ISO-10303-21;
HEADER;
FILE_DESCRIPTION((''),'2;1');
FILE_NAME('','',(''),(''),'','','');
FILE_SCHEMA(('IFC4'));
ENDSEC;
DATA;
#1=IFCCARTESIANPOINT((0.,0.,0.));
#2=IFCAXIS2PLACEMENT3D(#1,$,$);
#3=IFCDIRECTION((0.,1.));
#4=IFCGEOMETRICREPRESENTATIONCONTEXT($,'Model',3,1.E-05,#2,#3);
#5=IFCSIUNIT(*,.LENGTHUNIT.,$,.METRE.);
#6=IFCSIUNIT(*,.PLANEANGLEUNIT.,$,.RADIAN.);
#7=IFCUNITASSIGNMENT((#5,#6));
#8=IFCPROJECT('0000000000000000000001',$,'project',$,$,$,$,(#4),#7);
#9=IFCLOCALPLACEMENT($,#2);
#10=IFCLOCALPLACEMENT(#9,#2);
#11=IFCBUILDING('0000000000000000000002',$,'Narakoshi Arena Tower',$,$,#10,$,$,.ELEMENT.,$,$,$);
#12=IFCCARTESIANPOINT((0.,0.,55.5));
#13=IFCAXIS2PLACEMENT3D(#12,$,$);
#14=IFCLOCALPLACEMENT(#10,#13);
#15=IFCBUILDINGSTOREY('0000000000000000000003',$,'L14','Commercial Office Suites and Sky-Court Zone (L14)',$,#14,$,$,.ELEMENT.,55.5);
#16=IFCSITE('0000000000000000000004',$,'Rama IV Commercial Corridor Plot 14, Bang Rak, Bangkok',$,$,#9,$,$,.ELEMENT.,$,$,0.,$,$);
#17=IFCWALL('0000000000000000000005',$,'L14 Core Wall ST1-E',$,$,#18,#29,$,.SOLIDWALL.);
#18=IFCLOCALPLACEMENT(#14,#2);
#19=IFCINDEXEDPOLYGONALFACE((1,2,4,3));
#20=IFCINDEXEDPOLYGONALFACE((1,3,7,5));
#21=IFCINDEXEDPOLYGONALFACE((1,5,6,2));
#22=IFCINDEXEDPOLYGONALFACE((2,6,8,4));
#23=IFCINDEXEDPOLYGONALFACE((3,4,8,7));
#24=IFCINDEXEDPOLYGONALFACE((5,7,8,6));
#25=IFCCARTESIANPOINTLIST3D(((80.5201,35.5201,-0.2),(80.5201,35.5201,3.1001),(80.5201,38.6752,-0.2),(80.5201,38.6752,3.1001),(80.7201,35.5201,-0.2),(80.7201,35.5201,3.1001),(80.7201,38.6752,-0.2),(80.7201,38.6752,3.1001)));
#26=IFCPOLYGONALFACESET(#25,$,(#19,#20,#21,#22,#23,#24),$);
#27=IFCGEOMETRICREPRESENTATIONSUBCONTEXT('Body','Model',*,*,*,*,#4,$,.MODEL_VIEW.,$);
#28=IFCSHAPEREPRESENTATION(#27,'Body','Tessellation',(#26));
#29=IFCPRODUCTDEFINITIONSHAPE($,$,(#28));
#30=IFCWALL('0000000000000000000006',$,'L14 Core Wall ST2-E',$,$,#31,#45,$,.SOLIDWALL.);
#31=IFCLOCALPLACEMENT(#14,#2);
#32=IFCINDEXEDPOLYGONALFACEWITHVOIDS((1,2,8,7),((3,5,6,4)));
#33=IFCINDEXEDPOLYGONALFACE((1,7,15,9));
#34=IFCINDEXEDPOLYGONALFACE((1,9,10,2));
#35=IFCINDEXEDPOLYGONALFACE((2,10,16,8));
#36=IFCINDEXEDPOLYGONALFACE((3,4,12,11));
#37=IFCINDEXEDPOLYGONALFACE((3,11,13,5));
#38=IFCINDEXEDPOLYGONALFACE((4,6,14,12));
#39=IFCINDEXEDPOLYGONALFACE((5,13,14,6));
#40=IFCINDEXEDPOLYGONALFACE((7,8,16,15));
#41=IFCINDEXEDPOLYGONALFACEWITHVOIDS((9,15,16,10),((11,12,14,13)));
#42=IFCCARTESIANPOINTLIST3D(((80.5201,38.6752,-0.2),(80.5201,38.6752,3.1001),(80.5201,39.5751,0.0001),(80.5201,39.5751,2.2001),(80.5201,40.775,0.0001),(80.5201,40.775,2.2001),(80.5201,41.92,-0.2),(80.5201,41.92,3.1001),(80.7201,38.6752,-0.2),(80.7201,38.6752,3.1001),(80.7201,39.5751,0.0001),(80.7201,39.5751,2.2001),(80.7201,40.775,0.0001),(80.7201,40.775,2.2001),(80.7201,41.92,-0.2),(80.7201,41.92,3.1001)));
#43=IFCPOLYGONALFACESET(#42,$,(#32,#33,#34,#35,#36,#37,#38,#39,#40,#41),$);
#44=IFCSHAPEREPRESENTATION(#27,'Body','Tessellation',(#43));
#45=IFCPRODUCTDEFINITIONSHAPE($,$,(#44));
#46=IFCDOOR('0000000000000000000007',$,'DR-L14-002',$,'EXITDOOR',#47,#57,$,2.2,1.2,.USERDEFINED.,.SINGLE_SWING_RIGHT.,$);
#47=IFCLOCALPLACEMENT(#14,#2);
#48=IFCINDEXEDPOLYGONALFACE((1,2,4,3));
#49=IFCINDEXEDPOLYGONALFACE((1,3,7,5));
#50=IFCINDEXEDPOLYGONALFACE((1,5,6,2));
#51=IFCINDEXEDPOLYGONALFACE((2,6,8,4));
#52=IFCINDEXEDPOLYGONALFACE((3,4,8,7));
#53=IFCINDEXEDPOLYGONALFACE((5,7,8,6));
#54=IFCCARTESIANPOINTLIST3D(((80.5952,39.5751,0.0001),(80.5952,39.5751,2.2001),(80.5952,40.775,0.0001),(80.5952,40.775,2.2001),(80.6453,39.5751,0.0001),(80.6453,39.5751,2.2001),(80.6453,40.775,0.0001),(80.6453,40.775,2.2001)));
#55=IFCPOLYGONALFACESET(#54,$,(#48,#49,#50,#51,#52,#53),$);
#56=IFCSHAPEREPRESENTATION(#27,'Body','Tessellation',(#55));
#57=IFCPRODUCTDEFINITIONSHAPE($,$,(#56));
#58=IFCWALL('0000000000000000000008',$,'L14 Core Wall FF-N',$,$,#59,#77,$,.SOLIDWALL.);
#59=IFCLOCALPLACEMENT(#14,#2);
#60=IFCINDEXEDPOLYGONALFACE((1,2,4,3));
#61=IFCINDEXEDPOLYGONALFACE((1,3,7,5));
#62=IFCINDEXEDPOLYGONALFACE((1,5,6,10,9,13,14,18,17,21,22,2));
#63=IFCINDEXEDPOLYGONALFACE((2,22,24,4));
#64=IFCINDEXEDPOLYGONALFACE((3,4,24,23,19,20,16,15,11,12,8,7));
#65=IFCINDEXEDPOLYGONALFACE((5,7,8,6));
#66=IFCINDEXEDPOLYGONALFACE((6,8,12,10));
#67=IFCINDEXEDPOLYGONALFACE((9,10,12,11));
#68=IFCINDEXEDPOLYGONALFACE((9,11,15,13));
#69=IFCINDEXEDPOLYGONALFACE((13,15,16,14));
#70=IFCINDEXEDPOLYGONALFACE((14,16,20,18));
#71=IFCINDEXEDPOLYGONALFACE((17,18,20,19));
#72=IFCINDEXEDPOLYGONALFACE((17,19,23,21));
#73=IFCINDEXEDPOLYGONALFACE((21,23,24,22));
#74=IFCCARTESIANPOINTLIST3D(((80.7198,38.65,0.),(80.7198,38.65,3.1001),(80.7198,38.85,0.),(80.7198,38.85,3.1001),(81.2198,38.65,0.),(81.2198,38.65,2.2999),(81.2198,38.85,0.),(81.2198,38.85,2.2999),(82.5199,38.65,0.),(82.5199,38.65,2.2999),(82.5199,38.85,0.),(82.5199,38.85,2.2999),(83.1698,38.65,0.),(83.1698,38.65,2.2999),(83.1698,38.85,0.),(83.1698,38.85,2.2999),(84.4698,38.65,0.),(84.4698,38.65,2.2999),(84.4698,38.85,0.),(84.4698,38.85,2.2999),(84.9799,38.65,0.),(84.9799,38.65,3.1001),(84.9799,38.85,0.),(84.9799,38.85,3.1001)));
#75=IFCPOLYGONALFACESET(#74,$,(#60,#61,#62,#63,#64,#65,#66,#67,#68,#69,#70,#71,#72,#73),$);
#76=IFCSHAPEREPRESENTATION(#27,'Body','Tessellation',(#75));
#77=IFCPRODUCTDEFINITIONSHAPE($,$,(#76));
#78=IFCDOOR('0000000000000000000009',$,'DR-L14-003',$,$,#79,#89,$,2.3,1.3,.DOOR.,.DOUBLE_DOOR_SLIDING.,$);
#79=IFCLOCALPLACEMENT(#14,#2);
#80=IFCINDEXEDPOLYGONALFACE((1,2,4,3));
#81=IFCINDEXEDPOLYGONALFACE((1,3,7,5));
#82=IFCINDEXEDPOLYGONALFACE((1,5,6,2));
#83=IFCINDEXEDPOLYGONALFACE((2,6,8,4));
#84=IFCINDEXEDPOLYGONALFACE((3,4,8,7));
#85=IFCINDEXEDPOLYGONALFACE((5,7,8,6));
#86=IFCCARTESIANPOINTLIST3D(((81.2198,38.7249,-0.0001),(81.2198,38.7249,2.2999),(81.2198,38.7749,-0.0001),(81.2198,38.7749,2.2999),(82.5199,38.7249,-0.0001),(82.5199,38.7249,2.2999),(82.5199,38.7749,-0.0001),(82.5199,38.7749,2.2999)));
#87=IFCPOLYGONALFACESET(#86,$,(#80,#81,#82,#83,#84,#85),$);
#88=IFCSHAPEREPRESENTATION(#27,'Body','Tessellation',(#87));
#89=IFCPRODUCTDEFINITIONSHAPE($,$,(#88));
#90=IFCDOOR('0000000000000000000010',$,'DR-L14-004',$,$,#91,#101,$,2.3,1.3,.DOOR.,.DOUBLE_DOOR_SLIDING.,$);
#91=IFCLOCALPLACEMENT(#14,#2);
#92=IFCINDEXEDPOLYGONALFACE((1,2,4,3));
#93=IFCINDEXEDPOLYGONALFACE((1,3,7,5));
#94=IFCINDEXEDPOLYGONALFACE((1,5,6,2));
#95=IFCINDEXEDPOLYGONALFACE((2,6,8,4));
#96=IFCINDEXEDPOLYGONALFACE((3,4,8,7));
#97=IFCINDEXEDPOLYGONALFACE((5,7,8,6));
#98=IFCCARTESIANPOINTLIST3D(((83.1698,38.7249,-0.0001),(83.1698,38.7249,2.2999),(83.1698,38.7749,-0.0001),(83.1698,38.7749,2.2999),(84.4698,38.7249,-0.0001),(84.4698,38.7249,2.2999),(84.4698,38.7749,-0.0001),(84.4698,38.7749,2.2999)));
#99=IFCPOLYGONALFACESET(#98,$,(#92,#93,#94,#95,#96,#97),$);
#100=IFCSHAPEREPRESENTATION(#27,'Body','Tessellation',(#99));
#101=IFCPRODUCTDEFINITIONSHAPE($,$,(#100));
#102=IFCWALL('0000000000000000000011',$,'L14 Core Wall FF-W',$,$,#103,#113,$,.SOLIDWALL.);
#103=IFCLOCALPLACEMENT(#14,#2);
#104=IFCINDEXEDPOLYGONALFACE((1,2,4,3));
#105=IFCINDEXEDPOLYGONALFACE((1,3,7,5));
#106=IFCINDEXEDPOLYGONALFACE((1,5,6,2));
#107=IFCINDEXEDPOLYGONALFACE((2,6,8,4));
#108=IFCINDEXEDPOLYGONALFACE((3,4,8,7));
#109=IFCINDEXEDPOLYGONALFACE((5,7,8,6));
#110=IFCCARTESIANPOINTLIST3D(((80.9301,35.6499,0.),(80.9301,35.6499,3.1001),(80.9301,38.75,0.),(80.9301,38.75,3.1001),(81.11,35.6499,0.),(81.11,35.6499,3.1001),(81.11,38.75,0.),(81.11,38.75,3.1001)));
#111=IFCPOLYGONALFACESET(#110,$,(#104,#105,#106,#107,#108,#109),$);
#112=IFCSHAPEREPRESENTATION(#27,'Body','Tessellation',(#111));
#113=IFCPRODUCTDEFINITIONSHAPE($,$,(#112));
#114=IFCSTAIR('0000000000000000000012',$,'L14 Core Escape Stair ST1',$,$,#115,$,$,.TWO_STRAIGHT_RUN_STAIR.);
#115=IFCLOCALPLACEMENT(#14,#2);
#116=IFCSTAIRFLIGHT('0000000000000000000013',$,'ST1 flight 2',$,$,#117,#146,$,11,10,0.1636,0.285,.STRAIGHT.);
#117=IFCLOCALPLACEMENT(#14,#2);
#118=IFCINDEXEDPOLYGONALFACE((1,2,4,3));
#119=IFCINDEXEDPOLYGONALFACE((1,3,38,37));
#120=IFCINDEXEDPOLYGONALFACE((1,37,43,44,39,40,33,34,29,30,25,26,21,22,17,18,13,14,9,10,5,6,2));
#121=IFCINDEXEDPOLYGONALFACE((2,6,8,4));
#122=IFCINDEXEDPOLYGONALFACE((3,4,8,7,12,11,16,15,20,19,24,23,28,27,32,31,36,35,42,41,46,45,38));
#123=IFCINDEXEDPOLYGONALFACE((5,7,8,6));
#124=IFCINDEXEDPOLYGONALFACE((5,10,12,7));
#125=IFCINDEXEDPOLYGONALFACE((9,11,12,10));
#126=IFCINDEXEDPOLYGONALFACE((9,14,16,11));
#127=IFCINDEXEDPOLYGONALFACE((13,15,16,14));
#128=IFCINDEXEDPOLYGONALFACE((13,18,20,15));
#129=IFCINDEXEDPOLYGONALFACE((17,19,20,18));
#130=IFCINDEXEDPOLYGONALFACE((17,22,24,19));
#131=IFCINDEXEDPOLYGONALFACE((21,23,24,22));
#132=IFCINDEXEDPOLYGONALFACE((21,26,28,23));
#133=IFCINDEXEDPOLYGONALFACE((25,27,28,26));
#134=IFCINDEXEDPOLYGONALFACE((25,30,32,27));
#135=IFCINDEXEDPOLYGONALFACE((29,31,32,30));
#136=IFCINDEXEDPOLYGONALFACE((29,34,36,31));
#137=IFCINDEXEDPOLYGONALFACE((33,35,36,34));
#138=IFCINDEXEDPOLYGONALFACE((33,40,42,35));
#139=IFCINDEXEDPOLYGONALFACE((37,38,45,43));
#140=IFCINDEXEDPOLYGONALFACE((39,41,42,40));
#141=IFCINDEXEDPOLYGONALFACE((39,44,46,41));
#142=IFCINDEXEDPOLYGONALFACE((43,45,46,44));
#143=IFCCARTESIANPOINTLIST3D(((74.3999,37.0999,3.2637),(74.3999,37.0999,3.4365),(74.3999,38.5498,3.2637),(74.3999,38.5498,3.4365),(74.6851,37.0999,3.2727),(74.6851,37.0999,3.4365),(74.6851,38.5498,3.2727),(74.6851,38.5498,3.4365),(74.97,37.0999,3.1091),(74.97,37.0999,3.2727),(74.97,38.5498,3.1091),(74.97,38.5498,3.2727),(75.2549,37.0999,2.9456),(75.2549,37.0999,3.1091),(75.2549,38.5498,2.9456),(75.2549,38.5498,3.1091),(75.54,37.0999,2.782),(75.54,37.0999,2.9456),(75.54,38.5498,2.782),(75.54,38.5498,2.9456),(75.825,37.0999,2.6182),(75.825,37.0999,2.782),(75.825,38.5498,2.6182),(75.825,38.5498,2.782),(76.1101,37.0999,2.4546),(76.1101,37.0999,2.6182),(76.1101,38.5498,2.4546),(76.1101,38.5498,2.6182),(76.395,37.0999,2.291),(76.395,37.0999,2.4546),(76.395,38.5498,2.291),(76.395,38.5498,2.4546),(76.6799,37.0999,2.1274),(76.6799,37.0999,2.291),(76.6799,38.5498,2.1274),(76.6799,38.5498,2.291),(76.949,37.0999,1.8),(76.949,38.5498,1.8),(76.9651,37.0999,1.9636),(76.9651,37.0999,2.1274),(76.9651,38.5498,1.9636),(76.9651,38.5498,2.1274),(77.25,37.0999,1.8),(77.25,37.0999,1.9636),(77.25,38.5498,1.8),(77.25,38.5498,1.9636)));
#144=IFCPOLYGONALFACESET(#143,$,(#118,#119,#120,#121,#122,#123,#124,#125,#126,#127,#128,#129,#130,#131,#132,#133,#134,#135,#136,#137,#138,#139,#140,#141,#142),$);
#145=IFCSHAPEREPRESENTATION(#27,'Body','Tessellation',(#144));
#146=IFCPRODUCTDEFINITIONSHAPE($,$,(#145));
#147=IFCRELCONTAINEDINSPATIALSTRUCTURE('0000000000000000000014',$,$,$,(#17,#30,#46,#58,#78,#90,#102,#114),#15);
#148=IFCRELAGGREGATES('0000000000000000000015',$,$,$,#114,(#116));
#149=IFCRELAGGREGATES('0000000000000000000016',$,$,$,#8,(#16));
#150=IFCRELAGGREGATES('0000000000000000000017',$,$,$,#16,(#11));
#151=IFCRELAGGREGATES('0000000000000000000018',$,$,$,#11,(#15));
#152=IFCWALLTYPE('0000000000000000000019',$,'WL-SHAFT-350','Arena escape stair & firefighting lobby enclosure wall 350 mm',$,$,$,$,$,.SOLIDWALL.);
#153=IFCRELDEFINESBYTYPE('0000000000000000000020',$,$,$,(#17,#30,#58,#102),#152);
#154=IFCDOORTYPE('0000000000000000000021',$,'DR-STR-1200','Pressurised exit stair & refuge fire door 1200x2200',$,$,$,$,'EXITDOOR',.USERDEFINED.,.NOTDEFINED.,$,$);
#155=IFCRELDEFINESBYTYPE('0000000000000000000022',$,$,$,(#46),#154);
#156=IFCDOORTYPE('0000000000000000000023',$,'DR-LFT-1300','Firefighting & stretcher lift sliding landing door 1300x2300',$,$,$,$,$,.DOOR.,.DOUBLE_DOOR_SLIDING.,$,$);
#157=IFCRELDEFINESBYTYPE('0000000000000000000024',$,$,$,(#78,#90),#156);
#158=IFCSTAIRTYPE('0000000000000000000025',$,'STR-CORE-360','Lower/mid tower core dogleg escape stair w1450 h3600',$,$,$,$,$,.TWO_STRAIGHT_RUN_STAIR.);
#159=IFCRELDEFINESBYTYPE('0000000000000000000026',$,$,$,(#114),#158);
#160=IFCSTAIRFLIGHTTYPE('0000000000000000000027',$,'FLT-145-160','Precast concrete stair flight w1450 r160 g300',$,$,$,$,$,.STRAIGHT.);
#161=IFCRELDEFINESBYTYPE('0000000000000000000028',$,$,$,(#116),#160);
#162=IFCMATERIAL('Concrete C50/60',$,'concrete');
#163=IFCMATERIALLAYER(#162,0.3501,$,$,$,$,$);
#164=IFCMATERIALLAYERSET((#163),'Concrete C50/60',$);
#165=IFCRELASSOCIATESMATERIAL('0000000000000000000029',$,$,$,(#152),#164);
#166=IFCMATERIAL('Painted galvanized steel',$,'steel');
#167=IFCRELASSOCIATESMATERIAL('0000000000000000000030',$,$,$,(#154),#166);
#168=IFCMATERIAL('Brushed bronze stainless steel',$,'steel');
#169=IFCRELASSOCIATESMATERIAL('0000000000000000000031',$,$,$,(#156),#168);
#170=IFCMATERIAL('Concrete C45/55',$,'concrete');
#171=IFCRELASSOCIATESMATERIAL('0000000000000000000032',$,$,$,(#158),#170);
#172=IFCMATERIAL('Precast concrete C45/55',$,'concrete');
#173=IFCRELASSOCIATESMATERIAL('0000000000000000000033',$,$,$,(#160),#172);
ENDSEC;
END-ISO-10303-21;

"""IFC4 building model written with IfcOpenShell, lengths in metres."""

from ifc_helpers import new_model, si_unit, direction, frame, frame_2d, origin, place, context, subcontext, project, spatial, polyline, rectangle, outline, extrude, material, layer, layer_set, type_object, element, fill, aggregate, save


model = new_model("IFC4")

# Units and contexts
model_context = context("Model", 3, precision=1e-05, world=origin(), true_north=direction((0.0, 1.0)))
body_context = subcontext(model_context, "Body", "Model", "MODEL_VIEW")
ifc_project = project(units=[si_unit("LENGTHUNIT", "METRE"), si_unit("PLANEANGLEUNIT", "RADIAN")], contexts=[model_context])

# Site, building, storey
site_placement = place(None, origin())
site = spatial("IfcSite", under=ifc_project, at=site_placement, Name="Rama IV Commercial Corridor Plot 14, Bang Rak, Bangkok", CompositionType="ELEMENT", RefElevation=0.0)
building_placement = place(site_placement, origin())
building = spatial("IfcBuilding", under=site, at=building_placement, Name="Narakoshi Arena Tower", CompositionType="ELEMENT")
storey_placement = place(building_placement, frame((0.0, 0.0, 55.5)))
storey = spatial("IfcBuildingStorey", under=building, at=storey_placement, Name="L14", Description="Commercial Office Suites and Sky-Court Zone (L14)", CompositionType="ELEMENT", Elevation=55.5)

# Wall
ifc_material_1 = material(Name="Concrete C50/60", Category="concrete")
ifc_layer = layer(ifc_material_1, 0.3501)
ifc_layer_set = layer_set([ifc_layer], Name="Concrete C50/60")
wall_type = type_object("IfcWallType", Name="WL-SHAFT-350", Description="Arena escape stair & firefighting lobby enclosure wall 350 mm", PredefinedType="SOLIDWALL", material=ifc_layer_set)
wall_1_placement = place(storey_placement, frame((80.6201, 35.52, -0.2), z_axis=(0.0, 0.0, 1.0), x_axis=(0.0, 1.0, 0.0)))
element("IfcWall", 1, at=wall_1_placement, inside=storey, type_object=wall_type, Name="L14 Core Wall ST1-E", PredefinedType="SOLIDWALL", context=body_context, shape_type="SweptSolid", body=[
    extrude(rectangle(XDim=3.155, YDim=0.2, at=frame_2d((1.5776, 0.0))), origin(), (0.0, 0.0, 1.0), 3.3),
])

# Wall, opening, door
wall_2_placement = place(storey_placement, frame((80.6201, 38.675, -0.2), z_axis=(0.0, 0.0, 1.0), x_axis=(0.0, 1.0, 0.0)))
wall_2 = element("IfcWall", 2, at=wall_2_placement, inside=storey, type_object=wall_type, Name="L14 Core Wall ST2-E", PredefinedType="SOLIDWALL", context=body_context, shape_type="SweptSolid", body=[
    extrude(rectangle(XDim=3.2449, YDim=0.2, at=frame_2d((1.6226, 0.0))), origin(), (0.0, 0.0, 1.0), 3.3),
])
opening_1_placement = place(wall_2_placement, frame((0.8999, 0.0, 0.2)))
opening_1 = element("IfcOpeningElement", 3, at=opening_1_placement, cuts=wall_2, PredefinedType="OPENING", context=body_context, shape_type="SweptSolid", body=[
    extrude(rectangle(XDim=1.2, YDim=2.2, at=frame_2d((0.6001, 1.1001))), frame((0.0, 0.1099, 0.0), z_axis=(0.0, -1.0, 0.0), x_axis=(1.0, 0.0, 0.0)), (0.0, 0.0, 1.0), 0.22),
])
ifc_material_2 = material(Name="Painted galvanized steel", Category="steel")
door_type_1 = type_object("IfcDoorType", Name="DR-STR-1200", Description="Pressurised exit stair & refuge fire door 1200x2200", ElementType="EXITDOOR", OperationType="NOTDEFINED", PredefinedType="USERDEFINED", material=ifc_material_2)
door_1_placement = place(opening_1_placement, origin())
door_1 = element("IfcDoor", 4, at=door_1_placement, inside=storey, type_object=door_type_1, Name="DR-L14-002", ObjectType="EXITDOOR", OperationType="SINGLE_SWING_RIGHT", OverallHeight=2.2, OverallWidth=1.2, PredefinedType="USERDEFINED", context=body_context, shape_type="SweptSolid", body=[
    extrude(rectangle(XDim=1.2, YDim=2.2, at=frame_2d((0.6001, 1.1001))), frame((0.0, 0.0249, 0.0), z_axis=(0.0, -1.0, 0.0), x_axis=(1.0, 0.0, 0.0)), (0.0, 0.0, 1.0), 0.05),
])
fill(opening_1, door_1)

# Wall, openings, doors
wall_3_placement = place(storey_placement, frame((80.72, 38.75, 0.0), z_axis=(0.0, 0.0, 1.0), x_axis=(1.0, 0.0, 0.0)))
wall_3 = element("IfcWall", 5, at=wall_3_placement, inside=storey, type_object=wall_type, Name="L14 Core Wall FF-N", PredefinedType="SOLIDWALL", context=body_context, shape_type="SweptSolid", body=[
    extrude(rectangle(XDim=4.26, YDim=0.2, at=frame_2d((2.1299, 0.0))), origin(), (0.0, 0.0, 1.0), 3.1001),
])
opening_2_placement = place(wall_3_placement, frame((0.5, 0.0, 0.0)))
opening_2 = element("IfcOpeningElement", 6, at=opening_2_placement, cuts=wall_3, PredefinedType="OPENING", context=body_context, shape_type="SweptSolid", body=[
    extrude(rectangle(XDim=1.3, YDim=2.3, at=frame_2d((0.6499, 1.1499))), frame((0.0, 0.1099, 0.0), z_axis=(0.0, -1.0, 0.0), x_axis=(1.0, 0.0, 0.0)), (0.0, 0.0, 1.0), 0.22),
])
opening_3_placement = place(wall_3_placement, frame((2.45, 0.0, 0.0)))
opening_3 = element("IfcOpeningElement", 7, at=opening_3_placement, cuts=wall_3, PredefinedType="OPENING", context=body_context, shape_type="SweptSolid", body=[
    extrude(rectangle(XDim=1.3, YDim=2.3, at=frame_2d((0.6499, 1.1499))), frame((0.0, 0.1099, 0.0), z_axis=(0.0, -1.0, 0.0), x_axis=(1.0, 0.0, 0.0)), (0.0, 0.0, 1.0), 0.22),
])
ifc_material_3 = material(Name="Brushed bronze stainless steel", Category="steel")
door_type_2 = type_object("IfcDoorType", Name="DR-LFT-1300", Description="Firefighting & stretcher lift sliding landing door 1300x2300", OperationType="DOUBLE_DOOR_SLIDING", PredefinedType="DOOR", material=ifc_material_3)
door_2_placement = place(opening_2_placement, origin())
door_2 = element("IfcDoor", 8, at=door_2_placement, inside=storey, type_object=door_type_2, Name="DR-L14-003", OperationType="DOUBLE_DOOR_SLIDING", OverallHeight=2.3, OverallWidth=1.3, PredefinedType="DOOR", context=body_context, shape_type="SweptSolid", body=[
    extrude(rectangle(XDim=1.3, YDim=2.3, at=frame_2d((0.6499, 1.1499))), frame((0.0, 0.0249, 0.0), z_axis=(0.0, -1.0, 0.0), x_axis=(1.0, 0.0, 0.0)), (0.0, 0.0, 1.0), 0.05),
])
fill(opening_2, door_2)
door_3_placement = place(opening_3_placement, origin())
door_3 = element("IfcDoor", 9, at=door_3_placement, inside=storey, type_object=door_type_2, Name="DR-L14-004", OperationType="DOUBLE_DOOR_SLIDING", OverallHeight=2.3, OverallWidth=1.3, PredefinedType="DOOR", context=body_context, shape_type="SweptSolid", body=[
    extrude(rectangle(XDim=1.3, YDim=2.3, at=frame_2d((0.6499, 1.1499))), frame((0.0, 0.0249, 0.0), z_axis=(0.0, -1.0, 0.0), x_axis=(1.0, 0.0, 0.0)), (0.0, 0.0, 1.0), 0.05),
])
fill(opening_3, door_3)

# Wall
wall_4_placement = place(storey_placement, frame((81.02, 35.6499, 0.0), z_axis=(0.0, 0.0, 1.0), x_axis=(0.0, 1.0, 0.0)))
element("IfcWall", 10, at=wall_4_placement, inside=storey, type_object=wall_type, Name="L14 Core Wall FF-W", PredefinedType="SOLIDWALL", context=body_context, shape_type="SweptSolid", body=[
    extrude(rectangle(XDim=3.1001, YDim=0.1799, at=frame_2d((1.55, 0.0))), origin(), (0.0, 0.0, 1.0), 3.1001),
])

# Stair, stair flight
ifc_material_4 = material(Name="Concrete C45/55", Category="concrete")
stair_type = type_object("IfcStairType", Name="STR-CORE-360", Description="Lower/mid tower core dogleg escape stair w1450 h3600", PredefinedType="TWO_STRAIGHT_RUN_STAIR", material=ifc_material_4)
stair_1_placement = place(storey_placement, origin())
stair_1 = element("IfcStair", 11, at=stair_1_placement, inside=storey, type_object=stair_type, Name="L14 Core Escape Stair ST1", PredefinedType="TWO_STRAIGHT_RUN_STAIR")
ifc_material_5 = material(Name="Precast concrete C45/55", Category="concrete")
stair_flight_type = type_object("IfcStairFlightType", Name="FLT-145-160", Description="Precast concrete stair flight w1450 r160 g300", PredefinedType="STRAIGHT", material=ifc_material_5)
stair_flight_1_placement = place(storey_placement, frame((77.25, 37.825, 1.8), z_axis=(0.0, 0.0, 1.0), x_axis=(-1.0, 0.0, 0.0)))
stair_flight_1 = element("IfcStairFlight", 12, at=stair_flight_1_placement, type_object=stair_flight_type, Name="ST1 flight 2", NumberOfRisers=11, NumberOfTreads=10, PredefinedType="STRAIGHT", RiserHeight=0.1636, TreadLength=0.285, context=body_context, shape_type="SweptSolid", body=[
    extrude(outline(polyline([(0.0, 0.0), (0.0, 0.1636), (0.2849, 0.1636), (0.2849, 0.3274), (0.5701, 0.3274), (0.5701, 0.491), (0.855, 0.491), (0.855, 0.6545), (1.1399, 0.6545), (1.1399, 0.8181), (1.425, 0.8181), (1.425, 0.9819), (1.71, 0.9819), (1.71, 1.1455), (1.9951, 1.1455), (1.9951, 1.3091), (2.28, 1.3091), (2.28, 1.4727), (2.5649, 1.4727), (2.5649, 1.6365), (2.8501, 1.6365), (2.8501, 1.8), (2.8501, 1.4636), (0.301, 0.0), (0.0, 0.0)])), frame((0.0, 0.7251, 0.0), z_axis=(0.0, -1.0, 0.0), x_axis=(1.0, 0.0, 0.0)), (0.0, 0.0, 1.0), 1.45),
])
aggregate(stair_1, [stair_flight_1])

save(model, "model.ifc")
